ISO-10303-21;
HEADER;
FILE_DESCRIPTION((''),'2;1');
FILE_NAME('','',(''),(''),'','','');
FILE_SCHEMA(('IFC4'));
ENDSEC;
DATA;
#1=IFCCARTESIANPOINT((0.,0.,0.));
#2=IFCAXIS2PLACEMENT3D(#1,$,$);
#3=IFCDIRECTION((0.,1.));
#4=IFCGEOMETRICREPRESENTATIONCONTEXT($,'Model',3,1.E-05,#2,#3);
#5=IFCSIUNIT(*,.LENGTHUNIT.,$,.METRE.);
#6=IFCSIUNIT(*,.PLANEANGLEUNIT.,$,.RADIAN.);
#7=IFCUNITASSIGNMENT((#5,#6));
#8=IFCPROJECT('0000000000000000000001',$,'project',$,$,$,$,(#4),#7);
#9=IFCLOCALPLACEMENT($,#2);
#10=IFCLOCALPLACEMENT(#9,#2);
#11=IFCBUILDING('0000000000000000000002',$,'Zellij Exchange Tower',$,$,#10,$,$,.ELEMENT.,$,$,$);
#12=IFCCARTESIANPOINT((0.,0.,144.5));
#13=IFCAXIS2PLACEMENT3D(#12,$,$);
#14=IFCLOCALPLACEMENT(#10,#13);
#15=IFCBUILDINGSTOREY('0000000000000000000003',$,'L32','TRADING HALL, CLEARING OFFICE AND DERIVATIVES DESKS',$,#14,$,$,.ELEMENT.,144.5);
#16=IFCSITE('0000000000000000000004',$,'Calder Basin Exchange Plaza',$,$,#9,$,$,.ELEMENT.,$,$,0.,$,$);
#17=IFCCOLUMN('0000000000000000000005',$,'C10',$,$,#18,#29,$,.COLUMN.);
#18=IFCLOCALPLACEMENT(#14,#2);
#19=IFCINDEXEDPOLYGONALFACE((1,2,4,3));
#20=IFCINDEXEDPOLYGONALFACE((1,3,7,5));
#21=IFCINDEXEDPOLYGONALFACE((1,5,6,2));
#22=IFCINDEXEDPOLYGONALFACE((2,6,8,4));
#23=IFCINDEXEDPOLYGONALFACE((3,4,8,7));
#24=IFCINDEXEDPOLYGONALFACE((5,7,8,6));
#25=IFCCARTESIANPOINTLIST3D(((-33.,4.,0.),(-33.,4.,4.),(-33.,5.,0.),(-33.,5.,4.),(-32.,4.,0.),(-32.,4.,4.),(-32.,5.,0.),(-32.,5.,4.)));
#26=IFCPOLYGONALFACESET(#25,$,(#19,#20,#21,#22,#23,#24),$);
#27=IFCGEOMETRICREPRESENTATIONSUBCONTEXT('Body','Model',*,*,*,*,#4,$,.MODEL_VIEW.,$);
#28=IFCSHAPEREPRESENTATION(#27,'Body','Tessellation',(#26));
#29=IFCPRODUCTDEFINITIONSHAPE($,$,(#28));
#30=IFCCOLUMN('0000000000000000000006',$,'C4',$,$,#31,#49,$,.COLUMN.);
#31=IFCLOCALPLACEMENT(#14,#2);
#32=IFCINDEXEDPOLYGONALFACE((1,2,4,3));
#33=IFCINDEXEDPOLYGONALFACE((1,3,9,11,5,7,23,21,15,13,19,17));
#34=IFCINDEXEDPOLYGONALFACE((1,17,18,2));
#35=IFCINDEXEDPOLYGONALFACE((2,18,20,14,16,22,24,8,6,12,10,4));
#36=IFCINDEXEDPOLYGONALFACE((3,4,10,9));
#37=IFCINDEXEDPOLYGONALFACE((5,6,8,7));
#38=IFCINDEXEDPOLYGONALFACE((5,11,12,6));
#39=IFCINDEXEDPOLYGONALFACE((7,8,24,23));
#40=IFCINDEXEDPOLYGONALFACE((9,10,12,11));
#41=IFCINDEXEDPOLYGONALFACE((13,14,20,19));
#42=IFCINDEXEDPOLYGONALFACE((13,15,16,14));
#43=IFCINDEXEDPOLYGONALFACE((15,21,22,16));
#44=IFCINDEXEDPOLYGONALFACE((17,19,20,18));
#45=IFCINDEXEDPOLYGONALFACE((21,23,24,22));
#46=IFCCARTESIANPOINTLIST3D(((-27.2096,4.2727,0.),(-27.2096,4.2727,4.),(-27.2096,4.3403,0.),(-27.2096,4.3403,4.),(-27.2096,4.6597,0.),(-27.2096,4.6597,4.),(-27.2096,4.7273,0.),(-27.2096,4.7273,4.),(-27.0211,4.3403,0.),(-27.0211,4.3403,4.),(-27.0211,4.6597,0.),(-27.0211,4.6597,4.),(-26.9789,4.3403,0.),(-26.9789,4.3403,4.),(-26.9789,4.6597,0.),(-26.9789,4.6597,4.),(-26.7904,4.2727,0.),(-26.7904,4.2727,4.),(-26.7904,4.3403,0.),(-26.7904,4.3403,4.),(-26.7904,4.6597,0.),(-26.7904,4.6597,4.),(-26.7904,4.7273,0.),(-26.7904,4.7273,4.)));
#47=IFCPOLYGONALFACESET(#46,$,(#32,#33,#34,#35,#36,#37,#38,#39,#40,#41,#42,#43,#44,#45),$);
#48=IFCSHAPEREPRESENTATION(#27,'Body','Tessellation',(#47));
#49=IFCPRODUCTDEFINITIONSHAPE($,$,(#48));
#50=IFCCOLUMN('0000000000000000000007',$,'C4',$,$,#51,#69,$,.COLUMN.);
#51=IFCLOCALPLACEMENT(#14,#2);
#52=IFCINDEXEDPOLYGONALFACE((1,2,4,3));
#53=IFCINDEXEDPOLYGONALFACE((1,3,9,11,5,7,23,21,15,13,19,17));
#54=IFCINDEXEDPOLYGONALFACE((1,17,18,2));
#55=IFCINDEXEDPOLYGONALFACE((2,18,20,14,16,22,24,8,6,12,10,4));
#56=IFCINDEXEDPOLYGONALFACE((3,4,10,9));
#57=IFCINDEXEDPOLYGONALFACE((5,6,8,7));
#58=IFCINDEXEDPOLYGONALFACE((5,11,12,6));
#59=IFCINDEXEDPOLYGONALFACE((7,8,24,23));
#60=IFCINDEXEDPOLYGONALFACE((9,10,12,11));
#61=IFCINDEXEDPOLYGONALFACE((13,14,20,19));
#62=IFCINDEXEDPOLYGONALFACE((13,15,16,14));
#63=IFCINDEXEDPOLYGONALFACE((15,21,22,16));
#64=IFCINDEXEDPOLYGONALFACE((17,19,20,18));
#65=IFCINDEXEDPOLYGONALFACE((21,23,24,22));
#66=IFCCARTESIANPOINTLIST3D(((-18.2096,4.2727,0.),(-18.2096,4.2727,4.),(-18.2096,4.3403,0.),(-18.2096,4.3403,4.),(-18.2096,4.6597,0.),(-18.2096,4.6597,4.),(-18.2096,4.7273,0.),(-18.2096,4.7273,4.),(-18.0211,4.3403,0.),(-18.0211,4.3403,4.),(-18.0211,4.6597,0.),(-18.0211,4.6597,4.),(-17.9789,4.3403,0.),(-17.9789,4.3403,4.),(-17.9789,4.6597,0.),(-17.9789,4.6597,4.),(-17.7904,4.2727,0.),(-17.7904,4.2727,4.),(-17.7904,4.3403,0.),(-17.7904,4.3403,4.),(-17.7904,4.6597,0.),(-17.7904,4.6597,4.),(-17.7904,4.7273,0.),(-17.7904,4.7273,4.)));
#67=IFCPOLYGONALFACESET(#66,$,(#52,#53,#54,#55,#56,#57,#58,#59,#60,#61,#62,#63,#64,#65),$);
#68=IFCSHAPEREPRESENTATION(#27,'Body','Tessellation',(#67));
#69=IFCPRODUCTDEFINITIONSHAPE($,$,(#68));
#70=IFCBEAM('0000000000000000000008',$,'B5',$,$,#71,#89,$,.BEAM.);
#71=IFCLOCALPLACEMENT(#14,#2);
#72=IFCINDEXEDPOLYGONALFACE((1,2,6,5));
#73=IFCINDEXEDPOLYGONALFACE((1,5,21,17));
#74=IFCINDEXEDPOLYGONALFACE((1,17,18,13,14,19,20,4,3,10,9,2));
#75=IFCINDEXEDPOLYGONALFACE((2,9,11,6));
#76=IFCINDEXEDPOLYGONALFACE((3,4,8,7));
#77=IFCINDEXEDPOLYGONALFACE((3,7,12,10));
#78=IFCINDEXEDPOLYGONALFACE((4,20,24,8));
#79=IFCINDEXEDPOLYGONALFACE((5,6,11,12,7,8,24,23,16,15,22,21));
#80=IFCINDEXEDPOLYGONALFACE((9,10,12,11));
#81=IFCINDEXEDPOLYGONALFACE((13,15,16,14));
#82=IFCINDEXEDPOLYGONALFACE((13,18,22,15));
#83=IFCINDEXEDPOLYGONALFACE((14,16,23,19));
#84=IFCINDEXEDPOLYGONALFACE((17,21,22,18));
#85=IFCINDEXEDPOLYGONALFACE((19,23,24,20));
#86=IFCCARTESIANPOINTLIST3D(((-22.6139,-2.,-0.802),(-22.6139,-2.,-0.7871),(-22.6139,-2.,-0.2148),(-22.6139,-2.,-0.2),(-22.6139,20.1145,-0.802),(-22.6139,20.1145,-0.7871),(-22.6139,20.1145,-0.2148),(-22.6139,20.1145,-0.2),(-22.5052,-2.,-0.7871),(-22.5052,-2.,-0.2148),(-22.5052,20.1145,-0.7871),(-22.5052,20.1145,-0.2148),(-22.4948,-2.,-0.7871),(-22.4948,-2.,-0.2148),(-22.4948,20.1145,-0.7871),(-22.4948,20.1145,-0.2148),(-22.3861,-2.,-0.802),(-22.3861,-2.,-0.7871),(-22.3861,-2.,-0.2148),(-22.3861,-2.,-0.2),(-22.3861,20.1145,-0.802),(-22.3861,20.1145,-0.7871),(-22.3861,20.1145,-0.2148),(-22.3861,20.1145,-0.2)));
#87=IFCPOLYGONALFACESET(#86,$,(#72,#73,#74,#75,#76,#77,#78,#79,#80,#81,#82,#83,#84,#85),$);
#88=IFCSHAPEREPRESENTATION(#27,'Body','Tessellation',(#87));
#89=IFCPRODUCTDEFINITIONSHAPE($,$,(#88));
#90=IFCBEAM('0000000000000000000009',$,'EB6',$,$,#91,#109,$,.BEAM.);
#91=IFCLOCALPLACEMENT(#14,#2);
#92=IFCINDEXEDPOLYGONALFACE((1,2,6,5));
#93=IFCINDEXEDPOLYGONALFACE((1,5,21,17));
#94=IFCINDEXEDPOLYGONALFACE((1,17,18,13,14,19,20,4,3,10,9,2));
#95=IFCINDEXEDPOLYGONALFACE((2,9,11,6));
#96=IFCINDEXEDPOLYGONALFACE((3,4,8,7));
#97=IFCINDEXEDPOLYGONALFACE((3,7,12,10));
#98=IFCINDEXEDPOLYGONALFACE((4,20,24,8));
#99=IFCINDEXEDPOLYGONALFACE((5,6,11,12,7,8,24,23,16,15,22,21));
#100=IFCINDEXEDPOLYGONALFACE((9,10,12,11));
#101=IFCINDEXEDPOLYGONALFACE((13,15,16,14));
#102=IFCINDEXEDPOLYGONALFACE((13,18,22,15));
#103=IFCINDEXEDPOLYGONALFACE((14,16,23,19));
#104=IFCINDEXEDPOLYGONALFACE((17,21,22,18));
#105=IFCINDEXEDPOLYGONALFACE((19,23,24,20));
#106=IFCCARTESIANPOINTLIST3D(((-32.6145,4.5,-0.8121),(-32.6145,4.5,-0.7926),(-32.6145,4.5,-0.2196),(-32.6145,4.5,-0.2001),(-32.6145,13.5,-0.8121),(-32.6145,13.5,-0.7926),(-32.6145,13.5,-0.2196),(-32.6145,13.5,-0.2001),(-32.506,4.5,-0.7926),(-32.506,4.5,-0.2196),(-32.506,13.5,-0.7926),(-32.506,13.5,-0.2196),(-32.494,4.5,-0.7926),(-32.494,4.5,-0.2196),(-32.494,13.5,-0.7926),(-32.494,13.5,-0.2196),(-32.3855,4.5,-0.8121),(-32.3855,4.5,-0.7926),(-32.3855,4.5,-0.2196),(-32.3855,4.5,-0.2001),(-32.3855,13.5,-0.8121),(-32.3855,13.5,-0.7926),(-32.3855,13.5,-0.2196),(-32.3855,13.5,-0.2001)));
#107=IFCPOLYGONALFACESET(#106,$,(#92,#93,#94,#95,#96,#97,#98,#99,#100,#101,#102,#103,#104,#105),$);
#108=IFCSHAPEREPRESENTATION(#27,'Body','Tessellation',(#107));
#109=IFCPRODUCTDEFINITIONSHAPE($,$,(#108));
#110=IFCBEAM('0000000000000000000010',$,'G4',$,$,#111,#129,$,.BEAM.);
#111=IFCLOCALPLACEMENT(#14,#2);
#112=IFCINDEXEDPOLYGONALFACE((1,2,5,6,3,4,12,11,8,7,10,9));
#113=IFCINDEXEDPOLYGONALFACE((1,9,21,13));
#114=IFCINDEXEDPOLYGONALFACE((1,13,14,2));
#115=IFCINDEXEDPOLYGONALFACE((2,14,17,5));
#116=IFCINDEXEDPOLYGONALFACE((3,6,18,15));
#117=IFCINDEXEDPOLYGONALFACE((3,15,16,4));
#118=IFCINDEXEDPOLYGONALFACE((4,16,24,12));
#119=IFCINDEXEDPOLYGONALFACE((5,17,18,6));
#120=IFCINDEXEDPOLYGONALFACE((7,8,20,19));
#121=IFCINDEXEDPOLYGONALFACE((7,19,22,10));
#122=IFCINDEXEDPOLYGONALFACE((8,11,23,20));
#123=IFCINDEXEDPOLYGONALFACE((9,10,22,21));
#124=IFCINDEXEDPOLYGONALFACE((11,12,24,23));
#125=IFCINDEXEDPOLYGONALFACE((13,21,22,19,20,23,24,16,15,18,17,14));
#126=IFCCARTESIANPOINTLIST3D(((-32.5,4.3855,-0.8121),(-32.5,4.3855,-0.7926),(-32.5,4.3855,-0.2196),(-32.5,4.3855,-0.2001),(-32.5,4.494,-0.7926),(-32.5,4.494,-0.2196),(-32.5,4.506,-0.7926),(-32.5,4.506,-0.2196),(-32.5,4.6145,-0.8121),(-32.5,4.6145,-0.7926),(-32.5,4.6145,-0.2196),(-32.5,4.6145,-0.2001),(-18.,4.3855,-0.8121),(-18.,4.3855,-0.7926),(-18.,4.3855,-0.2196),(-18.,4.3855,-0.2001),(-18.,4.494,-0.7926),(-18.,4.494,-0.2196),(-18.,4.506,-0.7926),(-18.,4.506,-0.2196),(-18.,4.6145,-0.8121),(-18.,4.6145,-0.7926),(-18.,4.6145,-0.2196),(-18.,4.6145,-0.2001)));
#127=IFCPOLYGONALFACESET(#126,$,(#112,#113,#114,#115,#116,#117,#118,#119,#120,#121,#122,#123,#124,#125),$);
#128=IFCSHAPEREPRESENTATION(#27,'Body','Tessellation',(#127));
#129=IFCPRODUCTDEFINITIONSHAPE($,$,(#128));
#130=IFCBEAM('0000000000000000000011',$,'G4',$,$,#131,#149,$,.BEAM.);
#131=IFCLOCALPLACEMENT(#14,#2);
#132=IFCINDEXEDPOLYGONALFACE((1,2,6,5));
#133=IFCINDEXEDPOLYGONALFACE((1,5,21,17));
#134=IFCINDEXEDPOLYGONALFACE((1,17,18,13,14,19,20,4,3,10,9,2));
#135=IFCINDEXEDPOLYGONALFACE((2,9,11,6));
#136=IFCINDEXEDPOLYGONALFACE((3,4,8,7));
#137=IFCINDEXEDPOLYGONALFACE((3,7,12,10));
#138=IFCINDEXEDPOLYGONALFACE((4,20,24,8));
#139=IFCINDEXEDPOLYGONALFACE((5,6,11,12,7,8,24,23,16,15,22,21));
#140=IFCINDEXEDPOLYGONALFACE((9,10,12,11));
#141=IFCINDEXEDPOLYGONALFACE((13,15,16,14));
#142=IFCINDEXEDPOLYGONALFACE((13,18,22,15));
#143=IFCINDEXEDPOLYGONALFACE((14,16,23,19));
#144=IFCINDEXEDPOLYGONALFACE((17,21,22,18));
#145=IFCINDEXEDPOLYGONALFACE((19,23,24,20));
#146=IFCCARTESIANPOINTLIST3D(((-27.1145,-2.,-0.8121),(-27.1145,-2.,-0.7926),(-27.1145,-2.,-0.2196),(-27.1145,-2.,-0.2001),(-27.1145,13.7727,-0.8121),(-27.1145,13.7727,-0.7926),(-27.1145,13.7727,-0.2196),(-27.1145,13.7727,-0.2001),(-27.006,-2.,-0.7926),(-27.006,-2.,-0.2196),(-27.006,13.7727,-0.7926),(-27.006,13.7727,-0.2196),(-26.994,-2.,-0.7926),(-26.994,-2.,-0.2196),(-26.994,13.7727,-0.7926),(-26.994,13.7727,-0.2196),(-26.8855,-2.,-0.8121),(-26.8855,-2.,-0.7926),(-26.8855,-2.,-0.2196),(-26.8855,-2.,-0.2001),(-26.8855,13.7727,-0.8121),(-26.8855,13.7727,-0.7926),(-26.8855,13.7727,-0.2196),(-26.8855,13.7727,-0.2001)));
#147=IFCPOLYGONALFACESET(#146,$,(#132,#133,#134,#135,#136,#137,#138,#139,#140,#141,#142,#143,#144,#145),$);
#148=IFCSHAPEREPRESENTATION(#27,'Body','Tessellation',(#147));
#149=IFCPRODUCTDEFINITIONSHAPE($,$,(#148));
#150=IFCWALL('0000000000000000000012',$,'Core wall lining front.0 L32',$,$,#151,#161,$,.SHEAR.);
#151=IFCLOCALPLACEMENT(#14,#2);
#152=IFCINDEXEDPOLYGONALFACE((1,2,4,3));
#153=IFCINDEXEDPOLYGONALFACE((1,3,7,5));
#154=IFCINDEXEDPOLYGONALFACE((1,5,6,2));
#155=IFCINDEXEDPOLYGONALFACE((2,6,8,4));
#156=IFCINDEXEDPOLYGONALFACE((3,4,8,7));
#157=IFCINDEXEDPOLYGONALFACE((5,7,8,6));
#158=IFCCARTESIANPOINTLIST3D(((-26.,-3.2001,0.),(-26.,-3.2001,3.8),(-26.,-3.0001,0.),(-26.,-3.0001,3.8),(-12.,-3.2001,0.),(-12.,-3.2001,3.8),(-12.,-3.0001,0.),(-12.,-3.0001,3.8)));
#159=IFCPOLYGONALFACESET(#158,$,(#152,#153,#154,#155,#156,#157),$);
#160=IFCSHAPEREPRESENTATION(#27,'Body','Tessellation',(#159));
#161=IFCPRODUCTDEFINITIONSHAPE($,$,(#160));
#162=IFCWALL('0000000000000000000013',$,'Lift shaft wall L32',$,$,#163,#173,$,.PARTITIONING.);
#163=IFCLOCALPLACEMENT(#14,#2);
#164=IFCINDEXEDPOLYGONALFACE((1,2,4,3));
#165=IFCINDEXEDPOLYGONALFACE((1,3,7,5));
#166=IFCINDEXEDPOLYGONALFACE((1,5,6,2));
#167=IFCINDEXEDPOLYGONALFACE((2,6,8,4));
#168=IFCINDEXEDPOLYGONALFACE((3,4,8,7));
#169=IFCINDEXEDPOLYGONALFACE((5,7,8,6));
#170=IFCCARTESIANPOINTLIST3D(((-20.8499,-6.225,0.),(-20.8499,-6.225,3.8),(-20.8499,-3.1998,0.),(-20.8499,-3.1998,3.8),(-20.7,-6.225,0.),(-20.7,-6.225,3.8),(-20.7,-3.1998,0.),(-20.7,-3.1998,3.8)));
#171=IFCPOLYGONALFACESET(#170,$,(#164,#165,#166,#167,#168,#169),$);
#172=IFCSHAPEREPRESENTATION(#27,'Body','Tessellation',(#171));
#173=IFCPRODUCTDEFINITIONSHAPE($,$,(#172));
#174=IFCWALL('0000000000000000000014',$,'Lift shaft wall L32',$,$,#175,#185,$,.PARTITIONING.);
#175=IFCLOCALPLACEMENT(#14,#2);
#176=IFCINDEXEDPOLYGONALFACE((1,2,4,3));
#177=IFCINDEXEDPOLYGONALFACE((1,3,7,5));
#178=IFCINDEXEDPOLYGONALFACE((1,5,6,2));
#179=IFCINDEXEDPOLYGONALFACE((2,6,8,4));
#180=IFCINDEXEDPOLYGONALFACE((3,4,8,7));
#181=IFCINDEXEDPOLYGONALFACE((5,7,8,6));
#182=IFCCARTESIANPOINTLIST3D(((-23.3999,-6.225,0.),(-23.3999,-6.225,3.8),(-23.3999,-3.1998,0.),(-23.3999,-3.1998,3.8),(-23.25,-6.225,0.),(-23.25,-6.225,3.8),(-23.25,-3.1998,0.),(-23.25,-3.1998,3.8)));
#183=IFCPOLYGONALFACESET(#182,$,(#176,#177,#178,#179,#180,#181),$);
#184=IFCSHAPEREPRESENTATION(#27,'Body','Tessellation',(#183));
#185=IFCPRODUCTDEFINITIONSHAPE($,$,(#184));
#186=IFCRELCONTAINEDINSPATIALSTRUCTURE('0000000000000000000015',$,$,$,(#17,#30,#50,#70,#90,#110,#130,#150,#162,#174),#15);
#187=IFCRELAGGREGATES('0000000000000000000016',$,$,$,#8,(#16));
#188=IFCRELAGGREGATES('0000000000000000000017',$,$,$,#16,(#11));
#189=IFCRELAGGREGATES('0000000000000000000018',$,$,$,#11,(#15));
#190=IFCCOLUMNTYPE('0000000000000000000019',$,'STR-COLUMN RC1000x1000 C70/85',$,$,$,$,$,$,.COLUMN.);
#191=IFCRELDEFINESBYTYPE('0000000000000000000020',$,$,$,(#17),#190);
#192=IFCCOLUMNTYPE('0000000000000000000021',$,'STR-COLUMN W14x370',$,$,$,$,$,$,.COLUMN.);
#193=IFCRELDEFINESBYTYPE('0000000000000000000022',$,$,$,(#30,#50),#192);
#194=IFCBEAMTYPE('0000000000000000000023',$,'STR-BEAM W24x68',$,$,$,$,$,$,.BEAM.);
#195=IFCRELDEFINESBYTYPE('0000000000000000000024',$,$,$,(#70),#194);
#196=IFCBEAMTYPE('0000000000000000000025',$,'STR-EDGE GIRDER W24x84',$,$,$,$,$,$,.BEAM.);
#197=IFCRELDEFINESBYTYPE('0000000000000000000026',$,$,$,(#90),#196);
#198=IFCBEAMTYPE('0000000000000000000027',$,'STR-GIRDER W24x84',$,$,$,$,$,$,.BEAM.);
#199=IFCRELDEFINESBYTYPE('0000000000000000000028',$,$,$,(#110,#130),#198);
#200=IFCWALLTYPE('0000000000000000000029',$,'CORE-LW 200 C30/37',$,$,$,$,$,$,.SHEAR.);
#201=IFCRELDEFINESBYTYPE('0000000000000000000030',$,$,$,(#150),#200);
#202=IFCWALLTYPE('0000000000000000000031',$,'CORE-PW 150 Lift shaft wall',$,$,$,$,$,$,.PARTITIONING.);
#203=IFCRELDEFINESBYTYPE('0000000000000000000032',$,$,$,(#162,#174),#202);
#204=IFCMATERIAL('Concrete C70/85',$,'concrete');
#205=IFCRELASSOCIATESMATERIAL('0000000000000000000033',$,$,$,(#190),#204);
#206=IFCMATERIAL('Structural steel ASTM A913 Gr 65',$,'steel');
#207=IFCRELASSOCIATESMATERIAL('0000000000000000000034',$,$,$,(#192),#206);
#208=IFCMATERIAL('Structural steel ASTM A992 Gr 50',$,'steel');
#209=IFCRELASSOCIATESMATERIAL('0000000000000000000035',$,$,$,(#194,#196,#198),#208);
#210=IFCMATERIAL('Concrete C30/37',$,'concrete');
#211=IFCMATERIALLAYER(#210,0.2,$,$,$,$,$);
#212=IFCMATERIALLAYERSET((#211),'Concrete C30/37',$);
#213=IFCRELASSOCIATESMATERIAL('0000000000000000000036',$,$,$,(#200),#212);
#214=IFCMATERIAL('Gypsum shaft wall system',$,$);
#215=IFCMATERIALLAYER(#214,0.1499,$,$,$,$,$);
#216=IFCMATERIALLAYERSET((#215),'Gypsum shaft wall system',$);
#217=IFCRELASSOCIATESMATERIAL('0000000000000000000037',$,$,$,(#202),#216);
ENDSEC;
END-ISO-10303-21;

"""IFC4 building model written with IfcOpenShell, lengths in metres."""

from ifc_helpers import new_model, si_unit, direction, frame, frame_2d, origin, origin_2d, place, context, subcontext, project, spatial, rectangle, i_section, extrude, material, layer, layer_set, material_profile, profile_set, type_object, element, save


model = new_model("IFC4")

# Units and contexts
model_context = context("Model", 3, precision=1e-05, world=origin(), true_north=direction((0.0, 1.0)))
body_context = subcontext(model_context, "Body", "Model", "MODEL_VIEW")
ifc_project = project(units=[si_unit("LENGTHUNIT", "METRE"), si_unit("PLANEANGLEUNIT", "RADIAN")], contexts=[model_context])

# Site, building, storey
site_placement = place(None, origin())
site = spatial("IfcSite", under=ifc_project, at=site_placement, Name="Calder Basin Exchange Plaza", CompositionType="ELEMENT", RefElevation=0.0)
building_placement = place(site_placement, origin())
building = spatial("IfcBuilding", under=site, at=building_placement, Name="Zellij Exchange Tower", CompositionType="ELEMENT")
storey_placement = place(building_placement, frame((0.0, 0.0, 144.5)))
storey = spatial("IfcBuildingStorey", under=building, at=storey_placement, Name="L32", Description="TRADING HALL, CLEARING OFFICE AND DERIVATIVES DESKS", CompositionType="ELEMENT", Elevation=144.5)

# Columns
ifc_material_1 = material(Name="Concrete C70/85", Category="concrete")
ifc_material_profile_1 = material_profile(ifc_material_1, rectangle(XDim=1.0, YDim=1.0, at=origin_2d()), Name="STR-COLUMN RC1000x1000 C70/85")
ifc_profile_set_1 = profile_set([ifc_material_profile_1], Name="Concrete C70/85")
column_type_1 = type_object("IfcColumnType", Name="STR-COLUMN RC1000x1000 C70/85", PredefinedType="COLUMN", material=ifc_profile_set_1)
column_placement = place(storey_placement, frame((-32.5, 4.5, 0.0), z_axis=(0.0, 0.0, 1.0), x_axis=(1.0, 0.0, 0.0)))
element("IfcColumn", 1, at=column_placement, inside=storey, type_object=column_type_1, Name="C10", PredefinedType="COLUMN", context=body_context, shape_type="SweptSolid", body=[
    extrude(rectangle(XDim=1.0, YDim=1.0, at=origin_2d()), origin(), (0.0, 0.0, 1.0), 4.0),
])
ifc_material_2 = material(Name="Structural steel ASTM A913 Gr 65", Category="steel")
ifc_material_profile_2 = material_profile(ifc_material_2, i_section(OverallWidth=0.4192, OverallDepth=0.4546, WebThickness=0.0422, FlangeThickness=0.0676, at=origin_2d()), Name="W14x370")
ifc_profile_set_2 = profile_set([ifc_material_profile_2], Name="Structural steel ASTM A913 Gr 65")
column_type_2 = type_object("IfcColumnType", Name="STR-COLUMN W14x370", PredefinedType="COLUMN", material=ifc_profile_set_2)
for number, where, z_axis, x_axis, name in (
    (2, (-27.0, 4.5, 0.0), (0.0, 0.0, 1.0), (1.0, 0.0, 0.0), "C4"),
    (3, (-18.0, 4.5, 0.0), (0.0, 0.0, 1.0), (1.0, 0.0, 0.0), "C4"),
):
    element("IfcColumn", number, at=place(storey_placement, frame(where, z_axis=z_axis, x_axis=x_axis)), inside=storey, type_object=column_type_2, Name=name, PredefinedType="COLUMN", context=body_context, shape_type="SweptSolid", body=[
        extrude(i_section(OverallWidth=0.4192, OverallDepth=0.4546, WebThickness=0.0422, FlangeThickness=0.0676, at=origin_2d()), origin(), (0.0, 0.0, 1.0), 4.0),
    ])

# Beams
ifc_material_3 = material(Name="Structural steel ASTM A992 Gr 50", Category="steel")
ifc_material_profile_3 = material_profile(ifc_material_3, i_section(OverallWidth=0.2278, OverallDepth=0.6021, WebThickness=0.0105, FlangeThickness=0.0149, at=origin_2d()), Name="W24x68")
ifc_profile_set_3 = profile_set([ifc_material_profile_3], Name="Structural steel ASTM A992 Gr 50")
beam_type_1 = type_object("IfcBeamType", Name="STR-BEAM W24x68", PredefinedType="BEAM", material=ifc_profile_set_3)
beam_1_placement = place(storey_placement, frame((-22.5, -2.0, -0.501), z_axis=(0.0, 1.0, 0.0), x_axis=(-1.0, 0.0, 0.0)))
element("IfcBeam", 4, at=beam_1_placement, inside=storey, type_object=beam_type_1, Name="B5", PredefinedType="BEAM", context=body_context, shape_type="SweptSolid", body=[
    extrude(i_section(OverallWidth=0.2278, OverallDepth=0.6021, WebThickness=0.0105, FlangeThickness=0.0149, at=origin_2d()), origin(), (0.0, 0.0, 1.0), 22.1145),
])
ifc_material_profile_4 = material_profile(ifc_material_3, i_section(OverallWidth=0.229, OverallDepth=0.6121, WebThickness=0.012, FlangeThickness=0.0195, at=origin_2d()), Name="W24x84")
ifc_profile_set_4 = profile_set([ifc_material_profile_4], Name="Structural steel ASTM A992 Gr 50")
beam_type_2 = type_object("IfcBeamType", Name="STR-EDGE GIRDER W24x84", PredefinedType="BEAM", material=ifc_profile_set_4)
beam_2_placement = place(storey_placement, frame((-32.5, 4.5, -0.5061), z_axis=(0.0, 1.0, 0.0), x_axis=(-1.0, 0.0, 0.0)))
element("IfcBeam", 5, at=beam_2_placement, inside=storey, type_object=beam_type_2, Name="EB6", PredefinedType="BEAM", context=body_context, shape_type="SweptSolid", body=[
    extrude(i_section(OverallWidth=0.229, OverallDepth=0.6121, WebThickness=0.012, FlangeThickness=0.0195, at=origin_2d()), origin(), (0.0, 0.0, 1.0), 9.0),
])
ifc_material_profile_5 = material_profile(ifc_material_3, i_section(OverallWidth=0.229, OverallDepth=0.6121, WebThickness=0.012, FlangeThickness=0.0195, at=origin_2d()), Name="W24x84")
ifc_profile_set_5 = profile_set([ifc_material_profile_5], Name="Structural steel ASTM A992 Gr 50")
beam_type_3 = type_object("IfcBeamType", Name="STR-GIRDER W24x84", PredefinedType="BEAM", material=ifc_profile_set_5)
beam_3_placement = place(storey_placement, frame((-32.5, 4.5, -0.5061), z_axis=(1.0, 0.0, 0.0), x_axis=(0.0, 1.0, 0.0)))
element("IfcBeam", 6, at=beam_3_placement, inside=storey, type_object=beam_type_3, Name="G4", PredefinedType="BEAM", context=body_context, shape_type="SweptSolid", body=[
    extrude(i_section(OverallWidth=0.229, OverallDepth=0.6121, WebThickness=0.012, FlangeThickness=0.0195, at=origin_2d()), origin(), (0.0, 0.0, 1.0), 14.5),
])
beam_4_placement = place(storey_placement, frame((-27.0, -2.0, -0.5061), z_axis=(0.0, 1.0, 0.0), x_axis=(-1.0, 0.0, 0.0)))
element("IfcBeam", 7, at=beam_4_placement, inside=storey, type_object=beam_type_3, Name="G4", PredefinedType="BEAM", context=body_context, shape_type="SweptSolid", body=[
    extrude(i_section(OverallWidth=0.229, OverallDepth=0.6121, WebThickness=0.012, FlangeThickness=0.0195, at=origin_2d()), origin(), (0.0, 0.0, 1.0), 15.7727),
])

# Walls
ifc_material_4 = material(Name="Concrete C30/37", Category="concrete")
ifc_layer_1 = layer(ifc_material_4, 0.2)
ifc_layer_set_1 = layer_set([ifc_layer_1], Name="Concrete C30/37")
wall_type_1 = type_object("IfcWallType", Name="CORE-LW 200 C30/37", PredefinedType="SHEAR", material=ifc_layer_set_1)
wall_1_placement = place(storey_placement, frame((-26.0, -3.1001, 0.0), z_axis=(0.0, 0.0, 1.0), x_axis=(1.0, 0.0, 0.0)))
element("IfcWall", 8, at=wall_1_placement, inside=storey, type_object=wall_type_1, Name="Core wall lining front.0 L32", PredefinedType="SHEAR", context=body_context, shape_type="SweptSolid", body=[
    extrude(rectangle(XDim=14.0, YDim=0.2, at=frame_2d((7.0, 0.0))), origin(), (0.0, 0.0, 1.0), 3.8),
])
ifc_material_5 = material(Name="Gypsum shaft wall system")
ifc_layer_2 = layer(ifc_material_5, 0.1499)
ifc_layer_set_2 = layer_set([ifc_layer_2], Name="Gypsum shaft wall system")
wall_type_2 = type_object("IfcWallType", Name="CORE-PW 150 Lift shaft wall", PredefinedType="PARTITIONING", material=ifc_layer_set_2)
for number, where, z_axis, x_axis, name in (
    (9, (-20.7749, -6.2251, 0.0), (0.0, 0.0, 1.0), (0.0, 1.0, 0.0), "Lift shaft wall L32"),
    (10, (-23.325, -6.2251, 0.0), (0.0, 0.0, 1.0), (0.0, 1.0, 0.0), "Lift shaft wall L32"),
):
    element("IfcWall", number, at=place(storey_placement, frame(where, z_axis=z_axis, x_axis=x_axis)), inside=storey, type_object=wall_type_2, Name=name, PredefinedType="PARTITIONING", context=body_context, shape_type="SweptSolid", body=[
        extrude(rectangle(XDim=3.0251, YDim=0.1499, at=frame_2d((1.5127, 0.0))), origin(), (0.0, 0.0, 1.0), 3.8),
    ])

save(model, "model.ifc")
